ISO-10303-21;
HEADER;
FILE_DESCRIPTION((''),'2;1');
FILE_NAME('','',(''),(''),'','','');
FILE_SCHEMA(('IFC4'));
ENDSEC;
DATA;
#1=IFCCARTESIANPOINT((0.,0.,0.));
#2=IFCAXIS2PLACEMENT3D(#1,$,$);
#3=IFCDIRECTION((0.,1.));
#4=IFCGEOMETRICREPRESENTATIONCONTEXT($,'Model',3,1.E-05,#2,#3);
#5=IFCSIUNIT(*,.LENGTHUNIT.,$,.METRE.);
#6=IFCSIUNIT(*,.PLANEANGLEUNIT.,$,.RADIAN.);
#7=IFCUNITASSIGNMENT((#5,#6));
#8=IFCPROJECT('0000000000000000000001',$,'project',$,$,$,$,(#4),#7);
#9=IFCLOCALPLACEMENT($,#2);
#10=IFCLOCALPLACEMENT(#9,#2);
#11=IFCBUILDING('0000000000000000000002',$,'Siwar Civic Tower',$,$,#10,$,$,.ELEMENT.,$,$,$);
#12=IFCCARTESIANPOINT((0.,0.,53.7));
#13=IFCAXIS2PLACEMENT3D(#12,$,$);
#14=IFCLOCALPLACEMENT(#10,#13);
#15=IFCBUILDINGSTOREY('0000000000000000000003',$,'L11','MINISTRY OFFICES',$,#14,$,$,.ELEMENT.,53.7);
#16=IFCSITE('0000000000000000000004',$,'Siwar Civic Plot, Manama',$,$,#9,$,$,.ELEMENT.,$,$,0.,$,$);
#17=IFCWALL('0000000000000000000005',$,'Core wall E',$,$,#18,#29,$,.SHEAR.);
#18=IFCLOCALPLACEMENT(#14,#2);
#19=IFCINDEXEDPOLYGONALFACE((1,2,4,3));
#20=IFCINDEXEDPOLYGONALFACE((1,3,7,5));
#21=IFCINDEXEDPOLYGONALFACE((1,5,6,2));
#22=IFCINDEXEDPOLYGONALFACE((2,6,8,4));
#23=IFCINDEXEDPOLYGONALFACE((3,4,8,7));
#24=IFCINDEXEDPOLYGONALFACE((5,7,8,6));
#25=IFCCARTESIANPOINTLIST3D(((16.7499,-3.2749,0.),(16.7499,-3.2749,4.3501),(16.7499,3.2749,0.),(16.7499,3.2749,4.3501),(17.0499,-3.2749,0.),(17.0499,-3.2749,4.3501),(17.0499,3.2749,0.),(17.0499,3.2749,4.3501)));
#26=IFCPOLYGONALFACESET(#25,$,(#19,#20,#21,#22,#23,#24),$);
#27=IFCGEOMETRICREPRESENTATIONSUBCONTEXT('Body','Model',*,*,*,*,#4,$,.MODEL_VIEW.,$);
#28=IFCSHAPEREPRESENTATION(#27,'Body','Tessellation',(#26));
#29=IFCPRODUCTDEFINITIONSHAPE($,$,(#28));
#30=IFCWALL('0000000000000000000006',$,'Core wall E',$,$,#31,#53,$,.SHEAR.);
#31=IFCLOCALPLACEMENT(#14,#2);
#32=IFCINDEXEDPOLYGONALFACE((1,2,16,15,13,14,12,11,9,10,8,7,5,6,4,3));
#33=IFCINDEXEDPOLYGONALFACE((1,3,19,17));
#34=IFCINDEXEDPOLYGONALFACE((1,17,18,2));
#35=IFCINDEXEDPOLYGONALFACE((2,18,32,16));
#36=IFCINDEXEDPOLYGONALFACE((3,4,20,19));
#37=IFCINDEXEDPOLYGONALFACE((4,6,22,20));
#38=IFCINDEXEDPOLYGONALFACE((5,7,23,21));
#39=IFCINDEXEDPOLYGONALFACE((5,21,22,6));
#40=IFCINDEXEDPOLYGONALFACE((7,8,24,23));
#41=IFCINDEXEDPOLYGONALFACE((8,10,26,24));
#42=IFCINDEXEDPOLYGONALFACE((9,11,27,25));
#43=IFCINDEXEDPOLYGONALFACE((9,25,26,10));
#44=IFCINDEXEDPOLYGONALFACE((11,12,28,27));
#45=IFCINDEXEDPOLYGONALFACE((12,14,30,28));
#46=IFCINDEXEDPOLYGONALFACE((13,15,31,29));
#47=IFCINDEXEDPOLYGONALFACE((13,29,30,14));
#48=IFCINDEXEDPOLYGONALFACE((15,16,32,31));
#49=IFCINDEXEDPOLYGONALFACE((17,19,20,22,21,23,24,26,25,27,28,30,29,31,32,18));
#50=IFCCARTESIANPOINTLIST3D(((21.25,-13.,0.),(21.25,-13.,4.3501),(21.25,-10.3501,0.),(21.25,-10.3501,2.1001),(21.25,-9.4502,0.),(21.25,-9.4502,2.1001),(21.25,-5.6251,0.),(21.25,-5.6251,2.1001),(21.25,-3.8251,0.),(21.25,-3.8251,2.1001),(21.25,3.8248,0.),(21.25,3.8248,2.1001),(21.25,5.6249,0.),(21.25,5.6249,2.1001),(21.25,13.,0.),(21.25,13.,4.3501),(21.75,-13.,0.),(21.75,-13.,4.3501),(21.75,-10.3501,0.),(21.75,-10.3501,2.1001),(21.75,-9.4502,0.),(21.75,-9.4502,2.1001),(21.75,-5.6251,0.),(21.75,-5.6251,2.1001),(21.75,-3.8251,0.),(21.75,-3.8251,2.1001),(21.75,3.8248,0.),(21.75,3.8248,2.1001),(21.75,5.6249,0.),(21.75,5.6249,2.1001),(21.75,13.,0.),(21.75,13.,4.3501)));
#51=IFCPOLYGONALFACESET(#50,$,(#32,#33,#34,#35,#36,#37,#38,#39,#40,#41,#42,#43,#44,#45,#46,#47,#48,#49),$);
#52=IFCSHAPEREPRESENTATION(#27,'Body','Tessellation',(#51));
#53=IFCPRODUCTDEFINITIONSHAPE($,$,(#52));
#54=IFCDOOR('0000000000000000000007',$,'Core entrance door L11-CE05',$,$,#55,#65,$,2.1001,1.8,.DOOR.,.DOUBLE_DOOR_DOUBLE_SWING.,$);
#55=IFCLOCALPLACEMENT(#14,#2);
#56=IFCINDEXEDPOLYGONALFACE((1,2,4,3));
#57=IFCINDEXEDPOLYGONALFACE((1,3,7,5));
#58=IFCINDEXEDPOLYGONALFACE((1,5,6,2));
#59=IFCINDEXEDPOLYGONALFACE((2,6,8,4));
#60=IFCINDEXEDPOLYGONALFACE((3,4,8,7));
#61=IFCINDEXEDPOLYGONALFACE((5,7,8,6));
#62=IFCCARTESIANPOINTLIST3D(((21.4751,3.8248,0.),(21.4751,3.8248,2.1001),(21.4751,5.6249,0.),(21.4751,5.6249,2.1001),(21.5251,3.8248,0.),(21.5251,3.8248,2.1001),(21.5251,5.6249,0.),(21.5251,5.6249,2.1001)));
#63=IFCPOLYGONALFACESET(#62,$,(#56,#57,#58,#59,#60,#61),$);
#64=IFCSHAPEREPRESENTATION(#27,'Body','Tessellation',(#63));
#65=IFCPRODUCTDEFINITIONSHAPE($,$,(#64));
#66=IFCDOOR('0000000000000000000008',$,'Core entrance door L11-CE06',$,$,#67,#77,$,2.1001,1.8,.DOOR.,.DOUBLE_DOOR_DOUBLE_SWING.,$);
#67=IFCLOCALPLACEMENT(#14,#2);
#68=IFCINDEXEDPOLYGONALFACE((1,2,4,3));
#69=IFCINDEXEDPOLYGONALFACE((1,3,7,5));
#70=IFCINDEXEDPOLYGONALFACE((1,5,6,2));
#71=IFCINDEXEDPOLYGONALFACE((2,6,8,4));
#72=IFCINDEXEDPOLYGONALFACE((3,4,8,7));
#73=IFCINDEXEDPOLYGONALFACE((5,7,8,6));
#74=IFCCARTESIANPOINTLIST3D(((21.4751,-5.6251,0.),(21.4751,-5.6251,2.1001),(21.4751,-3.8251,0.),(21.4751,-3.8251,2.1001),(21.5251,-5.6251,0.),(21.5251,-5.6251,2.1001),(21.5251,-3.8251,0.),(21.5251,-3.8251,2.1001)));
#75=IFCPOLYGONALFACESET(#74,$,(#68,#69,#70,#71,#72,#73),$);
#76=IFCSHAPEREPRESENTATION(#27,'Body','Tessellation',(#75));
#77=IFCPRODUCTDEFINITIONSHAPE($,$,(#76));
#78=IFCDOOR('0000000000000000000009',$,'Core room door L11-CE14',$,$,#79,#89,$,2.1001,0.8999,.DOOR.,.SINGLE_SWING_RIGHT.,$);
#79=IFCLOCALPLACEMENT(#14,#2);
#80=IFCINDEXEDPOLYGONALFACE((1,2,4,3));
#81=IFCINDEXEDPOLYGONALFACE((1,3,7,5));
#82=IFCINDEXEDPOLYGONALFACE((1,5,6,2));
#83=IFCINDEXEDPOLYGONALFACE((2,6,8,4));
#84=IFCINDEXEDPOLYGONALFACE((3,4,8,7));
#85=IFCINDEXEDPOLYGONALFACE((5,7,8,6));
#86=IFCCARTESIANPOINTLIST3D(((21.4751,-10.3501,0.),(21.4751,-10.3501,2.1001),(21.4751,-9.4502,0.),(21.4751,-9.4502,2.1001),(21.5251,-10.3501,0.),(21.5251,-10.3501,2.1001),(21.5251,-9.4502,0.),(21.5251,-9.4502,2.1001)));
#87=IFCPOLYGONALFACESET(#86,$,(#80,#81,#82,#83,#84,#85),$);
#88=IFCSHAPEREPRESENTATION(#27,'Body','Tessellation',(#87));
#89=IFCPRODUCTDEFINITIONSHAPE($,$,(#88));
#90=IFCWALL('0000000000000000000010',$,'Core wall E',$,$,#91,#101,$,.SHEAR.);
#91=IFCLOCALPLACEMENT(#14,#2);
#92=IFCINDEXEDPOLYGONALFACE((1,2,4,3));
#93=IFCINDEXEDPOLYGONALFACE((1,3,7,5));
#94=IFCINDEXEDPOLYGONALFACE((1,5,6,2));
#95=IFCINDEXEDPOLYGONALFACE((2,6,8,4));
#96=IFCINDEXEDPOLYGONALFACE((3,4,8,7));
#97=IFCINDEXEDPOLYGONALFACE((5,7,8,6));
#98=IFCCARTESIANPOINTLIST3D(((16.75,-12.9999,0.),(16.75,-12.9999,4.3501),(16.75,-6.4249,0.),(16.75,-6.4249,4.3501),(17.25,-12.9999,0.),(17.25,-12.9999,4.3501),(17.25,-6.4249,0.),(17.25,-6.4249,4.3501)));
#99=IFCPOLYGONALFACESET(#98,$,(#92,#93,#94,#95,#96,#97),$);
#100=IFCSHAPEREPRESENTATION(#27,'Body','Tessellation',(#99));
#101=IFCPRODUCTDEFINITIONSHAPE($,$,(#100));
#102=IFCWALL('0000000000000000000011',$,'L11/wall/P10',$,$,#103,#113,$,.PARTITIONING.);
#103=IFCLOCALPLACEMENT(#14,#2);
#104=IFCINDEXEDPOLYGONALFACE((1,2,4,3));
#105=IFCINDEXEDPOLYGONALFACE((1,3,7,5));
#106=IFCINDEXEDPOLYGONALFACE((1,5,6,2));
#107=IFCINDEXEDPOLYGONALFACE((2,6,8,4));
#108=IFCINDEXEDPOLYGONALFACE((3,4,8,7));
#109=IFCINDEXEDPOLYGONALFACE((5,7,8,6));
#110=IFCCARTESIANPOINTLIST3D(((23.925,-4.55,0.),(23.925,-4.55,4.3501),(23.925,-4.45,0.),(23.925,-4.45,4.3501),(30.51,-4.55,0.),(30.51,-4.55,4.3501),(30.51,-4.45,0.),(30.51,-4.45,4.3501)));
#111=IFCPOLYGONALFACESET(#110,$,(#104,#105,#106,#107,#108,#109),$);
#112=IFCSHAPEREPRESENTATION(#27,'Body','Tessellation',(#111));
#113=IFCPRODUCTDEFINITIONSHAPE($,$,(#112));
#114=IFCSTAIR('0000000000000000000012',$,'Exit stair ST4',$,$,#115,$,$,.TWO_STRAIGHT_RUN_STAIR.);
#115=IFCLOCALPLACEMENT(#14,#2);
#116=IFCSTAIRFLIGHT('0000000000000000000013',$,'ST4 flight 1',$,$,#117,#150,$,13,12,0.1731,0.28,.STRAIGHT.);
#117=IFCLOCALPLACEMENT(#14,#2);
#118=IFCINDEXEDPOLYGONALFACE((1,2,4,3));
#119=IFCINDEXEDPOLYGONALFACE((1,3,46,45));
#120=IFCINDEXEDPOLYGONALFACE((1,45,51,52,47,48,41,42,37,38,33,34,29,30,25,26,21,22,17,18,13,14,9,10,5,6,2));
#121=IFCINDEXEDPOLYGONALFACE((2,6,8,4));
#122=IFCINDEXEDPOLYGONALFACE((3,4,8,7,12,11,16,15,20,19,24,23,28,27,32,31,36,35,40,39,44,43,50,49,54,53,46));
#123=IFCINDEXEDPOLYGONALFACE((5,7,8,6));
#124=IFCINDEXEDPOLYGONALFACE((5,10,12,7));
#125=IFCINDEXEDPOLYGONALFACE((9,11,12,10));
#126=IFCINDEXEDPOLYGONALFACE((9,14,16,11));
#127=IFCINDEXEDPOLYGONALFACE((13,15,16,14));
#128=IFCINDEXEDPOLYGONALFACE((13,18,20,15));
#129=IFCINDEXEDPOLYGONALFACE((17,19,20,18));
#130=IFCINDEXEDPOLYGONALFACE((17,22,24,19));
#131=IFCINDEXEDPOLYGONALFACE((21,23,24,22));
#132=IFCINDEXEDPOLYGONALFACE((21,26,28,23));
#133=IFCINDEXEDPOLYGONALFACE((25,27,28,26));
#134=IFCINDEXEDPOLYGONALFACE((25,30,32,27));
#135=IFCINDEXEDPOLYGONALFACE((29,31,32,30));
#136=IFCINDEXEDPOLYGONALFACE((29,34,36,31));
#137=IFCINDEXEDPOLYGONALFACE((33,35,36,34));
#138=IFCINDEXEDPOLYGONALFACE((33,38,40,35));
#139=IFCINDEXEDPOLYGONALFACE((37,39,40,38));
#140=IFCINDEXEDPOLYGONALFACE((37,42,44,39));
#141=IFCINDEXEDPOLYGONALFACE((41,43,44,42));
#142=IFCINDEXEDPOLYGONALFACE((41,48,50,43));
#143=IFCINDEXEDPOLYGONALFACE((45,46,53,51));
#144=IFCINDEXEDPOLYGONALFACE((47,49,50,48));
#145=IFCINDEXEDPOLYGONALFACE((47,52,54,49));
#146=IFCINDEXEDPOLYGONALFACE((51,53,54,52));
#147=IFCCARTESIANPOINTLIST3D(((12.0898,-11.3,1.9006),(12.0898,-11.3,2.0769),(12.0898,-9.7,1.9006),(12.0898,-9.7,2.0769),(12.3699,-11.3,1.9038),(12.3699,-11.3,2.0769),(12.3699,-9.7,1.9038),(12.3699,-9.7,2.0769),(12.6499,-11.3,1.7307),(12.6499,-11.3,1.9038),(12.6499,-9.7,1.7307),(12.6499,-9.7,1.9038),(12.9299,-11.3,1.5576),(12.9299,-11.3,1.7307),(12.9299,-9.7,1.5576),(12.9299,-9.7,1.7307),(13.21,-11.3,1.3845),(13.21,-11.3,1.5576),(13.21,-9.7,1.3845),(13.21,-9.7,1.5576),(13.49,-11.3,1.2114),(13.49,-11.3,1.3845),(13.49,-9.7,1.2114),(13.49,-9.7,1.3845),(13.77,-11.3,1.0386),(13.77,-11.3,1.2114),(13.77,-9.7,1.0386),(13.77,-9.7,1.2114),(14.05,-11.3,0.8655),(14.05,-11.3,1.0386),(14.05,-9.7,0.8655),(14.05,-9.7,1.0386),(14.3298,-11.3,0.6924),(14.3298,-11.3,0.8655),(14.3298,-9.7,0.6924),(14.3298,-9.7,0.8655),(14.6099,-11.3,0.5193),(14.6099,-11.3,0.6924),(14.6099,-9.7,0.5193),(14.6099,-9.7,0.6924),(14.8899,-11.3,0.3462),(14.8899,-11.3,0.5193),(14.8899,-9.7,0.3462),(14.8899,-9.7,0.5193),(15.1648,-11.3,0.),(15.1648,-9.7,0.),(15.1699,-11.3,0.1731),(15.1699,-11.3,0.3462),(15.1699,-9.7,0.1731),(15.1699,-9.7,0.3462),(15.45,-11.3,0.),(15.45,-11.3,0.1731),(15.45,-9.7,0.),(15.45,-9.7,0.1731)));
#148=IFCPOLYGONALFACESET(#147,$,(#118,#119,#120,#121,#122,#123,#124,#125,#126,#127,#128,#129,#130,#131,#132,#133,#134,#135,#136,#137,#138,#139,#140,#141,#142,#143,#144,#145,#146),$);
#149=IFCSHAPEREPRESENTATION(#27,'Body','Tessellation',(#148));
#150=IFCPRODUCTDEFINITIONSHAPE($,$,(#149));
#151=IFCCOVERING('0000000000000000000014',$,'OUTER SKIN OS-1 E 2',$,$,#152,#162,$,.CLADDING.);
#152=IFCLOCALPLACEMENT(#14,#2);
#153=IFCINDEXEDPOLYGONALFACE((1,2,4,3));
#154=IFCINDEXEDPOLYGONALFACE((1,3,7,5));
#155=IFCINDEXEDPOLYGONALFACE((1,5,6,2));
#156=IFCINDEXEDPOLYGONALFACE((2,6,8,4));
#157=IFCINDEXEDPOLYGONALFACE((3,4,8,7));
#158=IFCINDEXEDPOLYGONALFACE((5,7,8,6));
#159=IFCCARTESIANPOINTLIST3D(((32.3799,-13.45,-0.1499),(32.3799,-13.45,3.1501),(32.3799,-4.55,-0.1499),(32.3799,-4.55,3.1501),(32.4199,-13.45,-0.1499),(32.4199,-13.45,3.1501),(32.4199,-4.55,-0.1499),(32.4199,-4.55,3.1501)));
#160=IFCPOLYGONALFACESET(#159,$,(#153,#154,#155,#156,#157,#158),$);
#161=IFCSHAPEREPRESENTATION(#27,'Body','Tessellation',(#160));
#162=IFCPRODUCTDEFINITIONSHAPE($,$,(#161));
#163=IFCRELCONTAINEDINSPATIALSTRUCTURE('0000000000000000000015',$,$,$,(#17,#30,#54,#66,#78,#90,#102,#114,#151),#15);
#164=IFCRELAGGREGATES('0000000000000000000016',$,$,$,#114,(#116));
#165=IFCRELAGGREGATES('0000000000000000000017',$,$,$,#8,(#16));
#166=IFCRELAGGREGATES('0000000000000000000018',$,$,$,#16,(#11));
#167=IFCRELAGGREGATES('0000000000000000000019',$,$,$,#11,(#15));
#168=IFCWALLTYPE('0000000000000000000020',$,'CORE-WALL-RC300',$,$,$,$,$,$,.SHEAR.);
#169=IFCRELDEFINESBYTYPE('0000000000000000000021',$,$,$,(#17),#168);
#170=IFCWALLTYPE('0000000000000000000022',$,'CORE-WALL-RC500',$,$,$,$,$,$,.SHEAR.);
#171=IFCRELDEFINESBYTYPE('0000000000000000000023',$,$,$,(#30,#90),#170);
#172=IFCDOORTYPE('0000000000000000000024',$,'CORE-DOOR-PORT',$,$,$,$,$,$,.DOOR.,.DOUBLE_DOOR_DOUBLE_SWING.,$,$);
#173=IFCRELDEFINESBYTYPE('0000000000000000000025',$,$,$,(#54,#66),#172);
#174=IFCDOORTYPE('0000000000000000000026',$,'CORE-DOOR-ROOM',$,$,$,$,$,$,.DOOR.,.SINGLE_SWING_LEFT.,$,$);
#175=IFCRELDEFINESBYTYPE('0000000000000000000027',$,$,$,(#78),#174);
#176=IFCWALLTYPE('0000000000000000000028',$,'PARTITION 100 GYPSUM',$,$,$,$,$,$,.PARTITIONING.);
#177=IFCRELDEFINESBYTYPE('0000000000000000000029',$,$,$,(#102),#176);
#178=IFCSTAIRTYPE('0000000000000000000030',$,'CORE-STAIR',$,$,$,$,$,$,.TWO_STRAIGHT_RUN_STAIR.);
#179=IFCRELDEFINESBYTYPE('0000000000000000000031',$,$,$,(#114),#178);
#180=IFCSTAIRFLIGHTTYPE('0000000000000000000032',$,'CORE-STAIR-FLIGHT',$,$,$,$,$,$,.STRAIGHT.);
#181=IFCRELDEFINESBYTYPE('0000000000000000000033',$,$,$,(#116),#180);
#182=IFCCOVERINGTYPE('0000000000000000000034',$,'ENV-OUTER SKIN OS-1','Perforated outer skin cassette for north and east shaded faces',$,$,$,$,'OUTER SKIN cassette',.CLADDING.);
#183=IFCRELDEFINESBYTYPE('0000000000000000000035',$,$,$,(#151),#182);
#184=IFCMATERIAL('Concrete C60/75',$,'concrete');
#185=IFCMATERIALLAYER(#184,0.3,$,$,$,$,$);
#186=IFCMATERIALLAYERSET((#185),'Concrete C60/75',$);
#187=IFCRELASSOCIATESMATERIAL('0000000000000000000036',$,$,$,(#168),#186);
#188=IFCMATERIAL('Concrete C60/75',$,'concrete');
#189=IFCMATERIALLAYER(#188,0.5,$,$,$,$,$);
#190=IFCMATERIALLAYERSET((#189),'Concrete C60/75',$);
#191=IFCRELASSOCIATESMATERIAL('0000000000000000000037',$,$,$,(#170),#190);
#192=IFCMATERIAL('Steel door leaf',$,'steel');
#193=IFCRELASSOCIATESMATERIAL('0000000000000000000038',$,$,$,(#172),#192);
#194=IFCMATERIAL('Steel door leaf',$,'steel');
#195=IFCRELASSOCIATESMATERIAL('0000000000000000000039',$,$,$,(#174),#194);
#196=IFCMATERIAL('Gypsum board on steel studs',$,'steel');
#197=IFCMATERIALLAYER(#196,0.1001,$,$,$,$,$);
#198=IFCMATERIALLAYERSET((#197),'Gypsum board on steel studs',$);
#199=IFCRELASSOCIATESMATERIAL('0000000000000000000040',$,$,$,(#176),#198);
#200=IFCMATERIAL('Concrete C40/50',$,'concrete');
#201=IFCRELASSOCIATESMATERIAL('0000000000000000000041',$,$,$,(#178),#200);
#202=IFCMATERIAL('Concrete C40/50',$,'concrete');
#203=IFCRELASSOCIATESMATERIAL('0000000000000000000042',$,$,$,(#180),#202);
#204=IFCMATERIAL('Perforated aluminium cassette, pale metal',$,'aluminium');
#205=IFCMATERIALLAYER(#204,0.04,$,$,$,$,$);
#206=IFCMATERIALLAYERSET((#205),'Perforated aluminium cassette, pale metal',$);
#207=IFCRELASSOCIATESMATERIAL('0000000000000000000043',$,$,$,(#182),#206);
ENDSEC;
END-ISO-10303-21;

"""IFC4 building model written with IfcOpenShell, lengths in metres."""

from ifc_helpers import new_model, si_unit, direction, frame, frame_2d, origin, origin_2d, place, context, subcontext, project, spatial, polyline, rectangle, outline, extrude, material, layer, layer_set, type_object, element, fill, aggregate, save


model = new_model("IFC4")

# Units and contexts
model_context = context("Model", 3, precision=1e-05, world=origin(), true_north=direction((0.0, 1.0)))
body_context = subcontext(model_context, "Body", "Model", "MODEL_VIEW")
ifc_project = project(units=[si_unit("LENGTHUNIT", "METRE"), si_unit("PLANEANGLEUNIT", "RADIAN")], contexts=[model_context])

# Site, building, storey
site_placement = place(None, origin())
site = spatial("IfcSite", under=ifc_project, at=site_placement, Name="Siwar Civic Plot, Manama", CompositionType="ELEMENT", RefElevation=0.0)
building_placement = place(site_placement, origin())
building = spatial("IfcBuilding", under=site, at=building_placement, Name="Siwar Civic Tower", CompositionType="ELEMENT")
storey_placement = place(building_placement, frame((0.0, 0.0, 53.7)))
storey = spatial("IfcBuildingStorey", under=building, at=storey_placement, Name="L11", Description="MINISTRY OFFICES", CompositionType="ELEMENT", Elevation=53.7)

# Wall
ifc_material_1 = material(Name="Concrete C60/75", Category="concrete")
ifc_layer_1 = layer(ifc_material_1, 0.3)
ifc_layer_set_1 = layer_set([ifc_layer_1], Name="Concrete C60/75")
wall_type_1 = type_object("IfcWallType", Name="CORE-WALL-RC300", PredefinedType="SHEAR", material=ifc_layer_set_1)
wall_1_placement = place(storey_placement, frame((16.8999, -3.2749, 0.0), z_axis=(0.0, 0.0, 1.0), x_axis=(0.0, 1.0, 0.0)))
element("IfcWall", 1, at=wall_1_placement, inside=storey, type_object=wall_type_1, Name="Core wall E", PredefinedType="SHEAR", context=body_context, shape_type="SweptSolid", body=[
    extrude(rectangle(XDim=6.5498, YDim=0.3, at=frame_2d((3.2749, 0.0))), origin(), (0.0, 0.0, 1.0), 4.3501),
])

# Wall, openings, doors
ifc_material_2 = material(Name="Concrete C60/75", Category="concrete")
ifc_layer_2 = layer(ifc_material_2, 0.5)
ifc_layer_set_2 = layer_set([ifc_layer_2], Name="Concrete C60/75")
wall_type_2 = type_object("IfcWallType", Name="CORE-WALL-RC500", PredefinedType="SHEAR", material=ifc_layer_set_2)
wall_2_placement = place(storey_placement, frame((21.5, -13.0, 0.0), z_axis=(0.0, 0.0, 1.0), x_axis=(0.0, 1.0, 0.0)))
wall_2 = element("IfcWall", 2, at=wall_2_placement, inside=storey, type_object=wall_type_2, Name="Core wall E", PredefinedType="SHEAR", context=body_context, shape_type="SweptSolid", body=[
    extrude(rectangle(XDim=26.0, YDim=0.5, at=frame_2d((13.0, 0.0))), origin(), (0.0, 0.0, 1.0), 4.3501),
])
opening_1_placement = place(wall_2_placement, frame((16.825, 0.0, 0.0)))
opening_1 = element("IfcOpeningElement", 3, at=opening_1_placement, cuts=wall_2, PredefinedType="OPENING", context=body_context, shape_type="SweptSolid", body=[
    extrude(rectangle(XDim=1.8, YDim=2.1001, at=frame_2d((0.8999, 1.05))), frame((0.0, 0.26, 0.0), z_axis=(0.0, -1.0, 0.0), x_axis=(1.0, 0.0, 0.0)), (0.0, 0.0, 1.0), 0.52),
])
opening_2_placement = place(wall_2_placement, frame((7.375, 0.0, 0.0)))
opening_2 = element("IfcOpeningElement", 4, at=opening_2_placement, cuts=wall_2, PredefinedType="OPENING", context=body_context, shape_type="SweptSolid", body=[
    extrude(rectangle(XDim=1.8, YDim=2.1001, at=frame_2d((0.8999, 1.05))), frame((0.0, 0.26, 0.0), z_axis=(0.0, -1.0, 0.0), x_axis=(1.0, 0.0, 0.0)), (0.0, 0.0, 1.0), 0.52),
])
opening_3_placement = place(wall_2_placement, frame((2.6499, 0.0, 0.0)))
opening_3 = element("IfcOpeningElement", 5, at=opening_3_placement, cuts=wall_2, PredefinedType="OPENING", context=body_context, shape_type="SweptSolid", body=[
    extrude(rectangle(XDim=0.8999, YDim=2.1001, at=frame_2d((0.45, 1.05))), frame((0.0, 0.26, 0.0), z_axis=(0.0, -1.0, 0.0), x_axis=(1.0, 0.0, 0.0)), (0.0, 0.0, 1.0), 0.52),
])
ifc_material_3 = material(Name="Steel door leaf", Category="steel")
door_type_1 = type_object("IfcDoorType", Name="CORE-DOOR-PORT", OperationType="DOUBLE_DOOR_DOUBLE_SWING", PredefinedType="DOOR", material=ifc_material_3)
door_1_placement = place(opening_1_placement, origin())
door_1 = element("IfcDoor", 6, at=door_1_placement, inside=storey, type_object=door_type_1, Name="Core entrance door L11-CE05", OperationType="DOUBLE_DOOR_DOUBLE_SWING", OverallHeight=2.1001, OverallWidth=1.8, PredefinedType="DOOR", context=body_context, shape_type="SweptSolid", body=[
    extrude(rectangle(XDim=1.8, YDim=2.1001, at=frame_2d((0.8999, 1.05))), frame((0.0, 0.0249, 0.0), z_axis=(0.0, -1.0, 0.0), x_axis=(1.0, 0.0, 0.0)), (0.0, 0.0, 1.0), 0.05),
])
fill(opening_1, door_1)
door_2_placement = place(opening_2_placement, origin())
door_2 = element("IfcDoor", 7, at=door_2_placement, inside=storey, type_object=door_type_1, Name="Core entrance door L11-CE06", OperationType="DOUBLE_DOOR_DOUBLE_SWING", OverallHeight=2.1001, OverallWidth=1.8, PredefinedType="DOOR", context=body_context, shape_type="SweptSolid", body=[
    extrude(rectangle(XDim=1.8, YDim=2.1001, at=frame_2d((0.8999, 1.05))), frame((0.0, 0.0249, 0.0), z_axis=(0.0, -1.0, 0.0), x_axis=(1.0, 0.0, 0.0)), (0.0, 0.0, 1.0), 0.05),
])
fill(opening_2, door_2)
ifc_material_4 = material(Name="Steel door leaf", Category="steel")
door_type_2 = type_object("IfcDoorType", Name="CORE-DOOR-ROOM", OperationType="SINGLE_SWING_LEFT", PredefinedType="DOOR", material=ifc_material_4)
door_3_placement = place(opening_3_placement, origin())
door_3 = element("IfcDoor", 8, at=door_3_placement, inside=storey, type_object=door_type_2, Name="Core room door L11-CE14", OperationType="SINGLE_SWING_RIGHT", OverallHeight=2.1001, OverallWidth=0.8999, PredefinedType="DOOR", context=body_context, shape_type="SweptSolid", body=[
    extrude(rectangle(XDim=0.8999, YDim=2.1001, at=frame_2d((0.45, 1.05))), frame((0.0, 0.0249, 0.0), z_axis=(0.0, -1.0, 0.0), x_axis=(1.0, 0.0, 0.0)), (0.0, 0.0, 1.0), 0.05),
])
fill(opening_3, door_3)

# Walls
wall_3_placement = place(storey_placement, frame((17.0, -13.0, 0.0), z_axis=(0.0, 0.0, 1.0), x_axis=(0.0, 1.0, 0.0)))
element("IfcWall", 9, at=wall_3_placement, inside=storey, type_object=wall_type_2, Name="Core wall E", PredefinedType="SHEAR", context=body_context, shape_type="SweptSolid", body=[
    extrude(rectangle(XDim=6.575, YDim=0.5, at=frame_2d((3.2876, 0.0))), origin(), (0.0, 0.0, 1.0), 4.3501),
])
ifc_material_5 = material(Name="Gypsum board on steel studs", Category="steel")
ifc_layer_3 = layer(ifc_material_5, 0.1001)
ifc_layer_set_3 = layer_set([ifc_layer_3], Name="Gypsum board on steel studs")
wall_type_3 = type_object("IfcWallType", Name="PARTITION 100 GYPSUM", PredefinedType="PARTITIONING", material=ifc_layer_set_3)
wall_4_placement = place(storey_placement, frame((23.925, -4.5, 0.0), z_axis=(0.0, 0.0, 1.0), x_axis=(1.0, 0.0, 0.0)))
element("IfcWall", 10, at=wall_4_placement, inside=storey, type_object=wall_type_3, Name="L11/wall/P10", PredefinedType="PARTITIONING", context=body_context, shape_type="SweptSolid", body=[
    extrude(rectangle(XDim=6.585, YDim=0.1001, at=frame_2d((3.2925, 0.0))), origin(), (0.0, 0.0, 1.0), 4.3501),
])

# Stair, stair flight
ifc_material_6 = material(Name="Concrete C40/50", Category="concrete")
stair_type = type_object("IfcStairType", Name="CORE-STAIR", PredefinedType="TWO_STRAIGHT_RUN_STAIR", material=ifc_material_6)
stair_placement = place(storey_placement, origin())
stair = element("IfcStair", 11, at=stair_placement, inside=storey, type_object=stair_type, Name="Exit stair ST4", PredefinedType="TWO_STRAIGHT_RUN_STAIR")
ifc_material_7 = material(Name="Concrete C40/50", Category="concrete")
stair_flight_type = type_object("IfcStairFlightType", Name="CORE-STAIR-FLIGHT", PredefinedType="STRAIGHT", material=ifc_material_7)
stair_flight_placement = place(storey_placement, frame((15.45, -10.5, 0.0), z_axis=(0.0, 0.0, 1.0), x_axis=(-1.0, 0.0, 0.0)))
stair_flight = element("IfcStairFlight", 12, at=stair_flight_placement, type_object=stair_flight_type, Name="ST4 flight 1", NumberOfRisers=13, NumberOfTreads=12, PredefinedType="STRAIGHT", RiserHeight=0.1731, TreadLength=0.28, context=body_context, shape_type="SweptSolid", body=[
    extrude(outline(polyline([(0.0, 0.0), (0.0, 0.1731), (0.28, 0.1731), (0.28, 0.3462), (0.5601, 0.3462), (0.5601, 0.5193), (0.8401, 0.5193), (0.8401, 0.6924), (1.1201, 0.6924), (1.1201, 0.8655), (1.3999, 0.8655), (1.3999, 1.0386), (1.6799, 1.0386), (1.6799, 1.2114), (1.96, 1.2114), (1.96, 1.3845), (2.24, 1.3845), (2.24, 1.5576), (2.52, 1.5576), (2.52, 1.7307), (2.8, 1.7307), (2.8, 1.9038), (3.0801, 1.9038), (3.0801, 2.0769), (3.3601, 2.0769), (3.3601, 2.25), (3.3601, 1.9006), (0.2852, 0.0), (0.0, 0.0)])), frame((0.0, 0.8, 0.0), z_axis=(0.0, -1.0, 0.0), x_axis=(1.0, 0.0, 0.0)), (0.0, 0.0, 1.0), 1.6001),
])
aggregate(stair, [stair_flight])

# Covering
ifc_material_8 = material(Name="Perforated aluminium cassette, pale metal", Category="aluminium")
ifc_layer_4 = layer(ifc_material_8, 0.04)
ifc_layer_set_4 = layer_set([ifc_layer_4], Name="Perforated aluminium cassette, pale metal")
covering_type = type_object("IfcCoveringType", Name="ENV-OUTER SKIN OS-1", Description="Perforated outer skin cassette for north and east shaded faces", ElementType="OUTER SKIN cassette", PredefinedType="CLADDING", material=ifc_layer_set_4)
covering_placement = place(storey_placement, frame((32.3999, -9.0, -0.1499), z_axis=(0.0, 0.0, 1.0), x_axis=(0.0, 1.0, 0.0)))
element("IfcCovering", 13, at=covering_placement, inside=storey, type_object=covering_type, Name="OUTER SKIN OS-1 E 2", PredefinedType="CLADDING", context=body_context, shape_type="SweptSolid", body=[
    extrude(rectangle(XDim=8.8999, YDim=0.04, at=origin_2d()), origin(), (0.0, 0.0, 1.0), 3.3),
])

save(model, "model.ifc")
